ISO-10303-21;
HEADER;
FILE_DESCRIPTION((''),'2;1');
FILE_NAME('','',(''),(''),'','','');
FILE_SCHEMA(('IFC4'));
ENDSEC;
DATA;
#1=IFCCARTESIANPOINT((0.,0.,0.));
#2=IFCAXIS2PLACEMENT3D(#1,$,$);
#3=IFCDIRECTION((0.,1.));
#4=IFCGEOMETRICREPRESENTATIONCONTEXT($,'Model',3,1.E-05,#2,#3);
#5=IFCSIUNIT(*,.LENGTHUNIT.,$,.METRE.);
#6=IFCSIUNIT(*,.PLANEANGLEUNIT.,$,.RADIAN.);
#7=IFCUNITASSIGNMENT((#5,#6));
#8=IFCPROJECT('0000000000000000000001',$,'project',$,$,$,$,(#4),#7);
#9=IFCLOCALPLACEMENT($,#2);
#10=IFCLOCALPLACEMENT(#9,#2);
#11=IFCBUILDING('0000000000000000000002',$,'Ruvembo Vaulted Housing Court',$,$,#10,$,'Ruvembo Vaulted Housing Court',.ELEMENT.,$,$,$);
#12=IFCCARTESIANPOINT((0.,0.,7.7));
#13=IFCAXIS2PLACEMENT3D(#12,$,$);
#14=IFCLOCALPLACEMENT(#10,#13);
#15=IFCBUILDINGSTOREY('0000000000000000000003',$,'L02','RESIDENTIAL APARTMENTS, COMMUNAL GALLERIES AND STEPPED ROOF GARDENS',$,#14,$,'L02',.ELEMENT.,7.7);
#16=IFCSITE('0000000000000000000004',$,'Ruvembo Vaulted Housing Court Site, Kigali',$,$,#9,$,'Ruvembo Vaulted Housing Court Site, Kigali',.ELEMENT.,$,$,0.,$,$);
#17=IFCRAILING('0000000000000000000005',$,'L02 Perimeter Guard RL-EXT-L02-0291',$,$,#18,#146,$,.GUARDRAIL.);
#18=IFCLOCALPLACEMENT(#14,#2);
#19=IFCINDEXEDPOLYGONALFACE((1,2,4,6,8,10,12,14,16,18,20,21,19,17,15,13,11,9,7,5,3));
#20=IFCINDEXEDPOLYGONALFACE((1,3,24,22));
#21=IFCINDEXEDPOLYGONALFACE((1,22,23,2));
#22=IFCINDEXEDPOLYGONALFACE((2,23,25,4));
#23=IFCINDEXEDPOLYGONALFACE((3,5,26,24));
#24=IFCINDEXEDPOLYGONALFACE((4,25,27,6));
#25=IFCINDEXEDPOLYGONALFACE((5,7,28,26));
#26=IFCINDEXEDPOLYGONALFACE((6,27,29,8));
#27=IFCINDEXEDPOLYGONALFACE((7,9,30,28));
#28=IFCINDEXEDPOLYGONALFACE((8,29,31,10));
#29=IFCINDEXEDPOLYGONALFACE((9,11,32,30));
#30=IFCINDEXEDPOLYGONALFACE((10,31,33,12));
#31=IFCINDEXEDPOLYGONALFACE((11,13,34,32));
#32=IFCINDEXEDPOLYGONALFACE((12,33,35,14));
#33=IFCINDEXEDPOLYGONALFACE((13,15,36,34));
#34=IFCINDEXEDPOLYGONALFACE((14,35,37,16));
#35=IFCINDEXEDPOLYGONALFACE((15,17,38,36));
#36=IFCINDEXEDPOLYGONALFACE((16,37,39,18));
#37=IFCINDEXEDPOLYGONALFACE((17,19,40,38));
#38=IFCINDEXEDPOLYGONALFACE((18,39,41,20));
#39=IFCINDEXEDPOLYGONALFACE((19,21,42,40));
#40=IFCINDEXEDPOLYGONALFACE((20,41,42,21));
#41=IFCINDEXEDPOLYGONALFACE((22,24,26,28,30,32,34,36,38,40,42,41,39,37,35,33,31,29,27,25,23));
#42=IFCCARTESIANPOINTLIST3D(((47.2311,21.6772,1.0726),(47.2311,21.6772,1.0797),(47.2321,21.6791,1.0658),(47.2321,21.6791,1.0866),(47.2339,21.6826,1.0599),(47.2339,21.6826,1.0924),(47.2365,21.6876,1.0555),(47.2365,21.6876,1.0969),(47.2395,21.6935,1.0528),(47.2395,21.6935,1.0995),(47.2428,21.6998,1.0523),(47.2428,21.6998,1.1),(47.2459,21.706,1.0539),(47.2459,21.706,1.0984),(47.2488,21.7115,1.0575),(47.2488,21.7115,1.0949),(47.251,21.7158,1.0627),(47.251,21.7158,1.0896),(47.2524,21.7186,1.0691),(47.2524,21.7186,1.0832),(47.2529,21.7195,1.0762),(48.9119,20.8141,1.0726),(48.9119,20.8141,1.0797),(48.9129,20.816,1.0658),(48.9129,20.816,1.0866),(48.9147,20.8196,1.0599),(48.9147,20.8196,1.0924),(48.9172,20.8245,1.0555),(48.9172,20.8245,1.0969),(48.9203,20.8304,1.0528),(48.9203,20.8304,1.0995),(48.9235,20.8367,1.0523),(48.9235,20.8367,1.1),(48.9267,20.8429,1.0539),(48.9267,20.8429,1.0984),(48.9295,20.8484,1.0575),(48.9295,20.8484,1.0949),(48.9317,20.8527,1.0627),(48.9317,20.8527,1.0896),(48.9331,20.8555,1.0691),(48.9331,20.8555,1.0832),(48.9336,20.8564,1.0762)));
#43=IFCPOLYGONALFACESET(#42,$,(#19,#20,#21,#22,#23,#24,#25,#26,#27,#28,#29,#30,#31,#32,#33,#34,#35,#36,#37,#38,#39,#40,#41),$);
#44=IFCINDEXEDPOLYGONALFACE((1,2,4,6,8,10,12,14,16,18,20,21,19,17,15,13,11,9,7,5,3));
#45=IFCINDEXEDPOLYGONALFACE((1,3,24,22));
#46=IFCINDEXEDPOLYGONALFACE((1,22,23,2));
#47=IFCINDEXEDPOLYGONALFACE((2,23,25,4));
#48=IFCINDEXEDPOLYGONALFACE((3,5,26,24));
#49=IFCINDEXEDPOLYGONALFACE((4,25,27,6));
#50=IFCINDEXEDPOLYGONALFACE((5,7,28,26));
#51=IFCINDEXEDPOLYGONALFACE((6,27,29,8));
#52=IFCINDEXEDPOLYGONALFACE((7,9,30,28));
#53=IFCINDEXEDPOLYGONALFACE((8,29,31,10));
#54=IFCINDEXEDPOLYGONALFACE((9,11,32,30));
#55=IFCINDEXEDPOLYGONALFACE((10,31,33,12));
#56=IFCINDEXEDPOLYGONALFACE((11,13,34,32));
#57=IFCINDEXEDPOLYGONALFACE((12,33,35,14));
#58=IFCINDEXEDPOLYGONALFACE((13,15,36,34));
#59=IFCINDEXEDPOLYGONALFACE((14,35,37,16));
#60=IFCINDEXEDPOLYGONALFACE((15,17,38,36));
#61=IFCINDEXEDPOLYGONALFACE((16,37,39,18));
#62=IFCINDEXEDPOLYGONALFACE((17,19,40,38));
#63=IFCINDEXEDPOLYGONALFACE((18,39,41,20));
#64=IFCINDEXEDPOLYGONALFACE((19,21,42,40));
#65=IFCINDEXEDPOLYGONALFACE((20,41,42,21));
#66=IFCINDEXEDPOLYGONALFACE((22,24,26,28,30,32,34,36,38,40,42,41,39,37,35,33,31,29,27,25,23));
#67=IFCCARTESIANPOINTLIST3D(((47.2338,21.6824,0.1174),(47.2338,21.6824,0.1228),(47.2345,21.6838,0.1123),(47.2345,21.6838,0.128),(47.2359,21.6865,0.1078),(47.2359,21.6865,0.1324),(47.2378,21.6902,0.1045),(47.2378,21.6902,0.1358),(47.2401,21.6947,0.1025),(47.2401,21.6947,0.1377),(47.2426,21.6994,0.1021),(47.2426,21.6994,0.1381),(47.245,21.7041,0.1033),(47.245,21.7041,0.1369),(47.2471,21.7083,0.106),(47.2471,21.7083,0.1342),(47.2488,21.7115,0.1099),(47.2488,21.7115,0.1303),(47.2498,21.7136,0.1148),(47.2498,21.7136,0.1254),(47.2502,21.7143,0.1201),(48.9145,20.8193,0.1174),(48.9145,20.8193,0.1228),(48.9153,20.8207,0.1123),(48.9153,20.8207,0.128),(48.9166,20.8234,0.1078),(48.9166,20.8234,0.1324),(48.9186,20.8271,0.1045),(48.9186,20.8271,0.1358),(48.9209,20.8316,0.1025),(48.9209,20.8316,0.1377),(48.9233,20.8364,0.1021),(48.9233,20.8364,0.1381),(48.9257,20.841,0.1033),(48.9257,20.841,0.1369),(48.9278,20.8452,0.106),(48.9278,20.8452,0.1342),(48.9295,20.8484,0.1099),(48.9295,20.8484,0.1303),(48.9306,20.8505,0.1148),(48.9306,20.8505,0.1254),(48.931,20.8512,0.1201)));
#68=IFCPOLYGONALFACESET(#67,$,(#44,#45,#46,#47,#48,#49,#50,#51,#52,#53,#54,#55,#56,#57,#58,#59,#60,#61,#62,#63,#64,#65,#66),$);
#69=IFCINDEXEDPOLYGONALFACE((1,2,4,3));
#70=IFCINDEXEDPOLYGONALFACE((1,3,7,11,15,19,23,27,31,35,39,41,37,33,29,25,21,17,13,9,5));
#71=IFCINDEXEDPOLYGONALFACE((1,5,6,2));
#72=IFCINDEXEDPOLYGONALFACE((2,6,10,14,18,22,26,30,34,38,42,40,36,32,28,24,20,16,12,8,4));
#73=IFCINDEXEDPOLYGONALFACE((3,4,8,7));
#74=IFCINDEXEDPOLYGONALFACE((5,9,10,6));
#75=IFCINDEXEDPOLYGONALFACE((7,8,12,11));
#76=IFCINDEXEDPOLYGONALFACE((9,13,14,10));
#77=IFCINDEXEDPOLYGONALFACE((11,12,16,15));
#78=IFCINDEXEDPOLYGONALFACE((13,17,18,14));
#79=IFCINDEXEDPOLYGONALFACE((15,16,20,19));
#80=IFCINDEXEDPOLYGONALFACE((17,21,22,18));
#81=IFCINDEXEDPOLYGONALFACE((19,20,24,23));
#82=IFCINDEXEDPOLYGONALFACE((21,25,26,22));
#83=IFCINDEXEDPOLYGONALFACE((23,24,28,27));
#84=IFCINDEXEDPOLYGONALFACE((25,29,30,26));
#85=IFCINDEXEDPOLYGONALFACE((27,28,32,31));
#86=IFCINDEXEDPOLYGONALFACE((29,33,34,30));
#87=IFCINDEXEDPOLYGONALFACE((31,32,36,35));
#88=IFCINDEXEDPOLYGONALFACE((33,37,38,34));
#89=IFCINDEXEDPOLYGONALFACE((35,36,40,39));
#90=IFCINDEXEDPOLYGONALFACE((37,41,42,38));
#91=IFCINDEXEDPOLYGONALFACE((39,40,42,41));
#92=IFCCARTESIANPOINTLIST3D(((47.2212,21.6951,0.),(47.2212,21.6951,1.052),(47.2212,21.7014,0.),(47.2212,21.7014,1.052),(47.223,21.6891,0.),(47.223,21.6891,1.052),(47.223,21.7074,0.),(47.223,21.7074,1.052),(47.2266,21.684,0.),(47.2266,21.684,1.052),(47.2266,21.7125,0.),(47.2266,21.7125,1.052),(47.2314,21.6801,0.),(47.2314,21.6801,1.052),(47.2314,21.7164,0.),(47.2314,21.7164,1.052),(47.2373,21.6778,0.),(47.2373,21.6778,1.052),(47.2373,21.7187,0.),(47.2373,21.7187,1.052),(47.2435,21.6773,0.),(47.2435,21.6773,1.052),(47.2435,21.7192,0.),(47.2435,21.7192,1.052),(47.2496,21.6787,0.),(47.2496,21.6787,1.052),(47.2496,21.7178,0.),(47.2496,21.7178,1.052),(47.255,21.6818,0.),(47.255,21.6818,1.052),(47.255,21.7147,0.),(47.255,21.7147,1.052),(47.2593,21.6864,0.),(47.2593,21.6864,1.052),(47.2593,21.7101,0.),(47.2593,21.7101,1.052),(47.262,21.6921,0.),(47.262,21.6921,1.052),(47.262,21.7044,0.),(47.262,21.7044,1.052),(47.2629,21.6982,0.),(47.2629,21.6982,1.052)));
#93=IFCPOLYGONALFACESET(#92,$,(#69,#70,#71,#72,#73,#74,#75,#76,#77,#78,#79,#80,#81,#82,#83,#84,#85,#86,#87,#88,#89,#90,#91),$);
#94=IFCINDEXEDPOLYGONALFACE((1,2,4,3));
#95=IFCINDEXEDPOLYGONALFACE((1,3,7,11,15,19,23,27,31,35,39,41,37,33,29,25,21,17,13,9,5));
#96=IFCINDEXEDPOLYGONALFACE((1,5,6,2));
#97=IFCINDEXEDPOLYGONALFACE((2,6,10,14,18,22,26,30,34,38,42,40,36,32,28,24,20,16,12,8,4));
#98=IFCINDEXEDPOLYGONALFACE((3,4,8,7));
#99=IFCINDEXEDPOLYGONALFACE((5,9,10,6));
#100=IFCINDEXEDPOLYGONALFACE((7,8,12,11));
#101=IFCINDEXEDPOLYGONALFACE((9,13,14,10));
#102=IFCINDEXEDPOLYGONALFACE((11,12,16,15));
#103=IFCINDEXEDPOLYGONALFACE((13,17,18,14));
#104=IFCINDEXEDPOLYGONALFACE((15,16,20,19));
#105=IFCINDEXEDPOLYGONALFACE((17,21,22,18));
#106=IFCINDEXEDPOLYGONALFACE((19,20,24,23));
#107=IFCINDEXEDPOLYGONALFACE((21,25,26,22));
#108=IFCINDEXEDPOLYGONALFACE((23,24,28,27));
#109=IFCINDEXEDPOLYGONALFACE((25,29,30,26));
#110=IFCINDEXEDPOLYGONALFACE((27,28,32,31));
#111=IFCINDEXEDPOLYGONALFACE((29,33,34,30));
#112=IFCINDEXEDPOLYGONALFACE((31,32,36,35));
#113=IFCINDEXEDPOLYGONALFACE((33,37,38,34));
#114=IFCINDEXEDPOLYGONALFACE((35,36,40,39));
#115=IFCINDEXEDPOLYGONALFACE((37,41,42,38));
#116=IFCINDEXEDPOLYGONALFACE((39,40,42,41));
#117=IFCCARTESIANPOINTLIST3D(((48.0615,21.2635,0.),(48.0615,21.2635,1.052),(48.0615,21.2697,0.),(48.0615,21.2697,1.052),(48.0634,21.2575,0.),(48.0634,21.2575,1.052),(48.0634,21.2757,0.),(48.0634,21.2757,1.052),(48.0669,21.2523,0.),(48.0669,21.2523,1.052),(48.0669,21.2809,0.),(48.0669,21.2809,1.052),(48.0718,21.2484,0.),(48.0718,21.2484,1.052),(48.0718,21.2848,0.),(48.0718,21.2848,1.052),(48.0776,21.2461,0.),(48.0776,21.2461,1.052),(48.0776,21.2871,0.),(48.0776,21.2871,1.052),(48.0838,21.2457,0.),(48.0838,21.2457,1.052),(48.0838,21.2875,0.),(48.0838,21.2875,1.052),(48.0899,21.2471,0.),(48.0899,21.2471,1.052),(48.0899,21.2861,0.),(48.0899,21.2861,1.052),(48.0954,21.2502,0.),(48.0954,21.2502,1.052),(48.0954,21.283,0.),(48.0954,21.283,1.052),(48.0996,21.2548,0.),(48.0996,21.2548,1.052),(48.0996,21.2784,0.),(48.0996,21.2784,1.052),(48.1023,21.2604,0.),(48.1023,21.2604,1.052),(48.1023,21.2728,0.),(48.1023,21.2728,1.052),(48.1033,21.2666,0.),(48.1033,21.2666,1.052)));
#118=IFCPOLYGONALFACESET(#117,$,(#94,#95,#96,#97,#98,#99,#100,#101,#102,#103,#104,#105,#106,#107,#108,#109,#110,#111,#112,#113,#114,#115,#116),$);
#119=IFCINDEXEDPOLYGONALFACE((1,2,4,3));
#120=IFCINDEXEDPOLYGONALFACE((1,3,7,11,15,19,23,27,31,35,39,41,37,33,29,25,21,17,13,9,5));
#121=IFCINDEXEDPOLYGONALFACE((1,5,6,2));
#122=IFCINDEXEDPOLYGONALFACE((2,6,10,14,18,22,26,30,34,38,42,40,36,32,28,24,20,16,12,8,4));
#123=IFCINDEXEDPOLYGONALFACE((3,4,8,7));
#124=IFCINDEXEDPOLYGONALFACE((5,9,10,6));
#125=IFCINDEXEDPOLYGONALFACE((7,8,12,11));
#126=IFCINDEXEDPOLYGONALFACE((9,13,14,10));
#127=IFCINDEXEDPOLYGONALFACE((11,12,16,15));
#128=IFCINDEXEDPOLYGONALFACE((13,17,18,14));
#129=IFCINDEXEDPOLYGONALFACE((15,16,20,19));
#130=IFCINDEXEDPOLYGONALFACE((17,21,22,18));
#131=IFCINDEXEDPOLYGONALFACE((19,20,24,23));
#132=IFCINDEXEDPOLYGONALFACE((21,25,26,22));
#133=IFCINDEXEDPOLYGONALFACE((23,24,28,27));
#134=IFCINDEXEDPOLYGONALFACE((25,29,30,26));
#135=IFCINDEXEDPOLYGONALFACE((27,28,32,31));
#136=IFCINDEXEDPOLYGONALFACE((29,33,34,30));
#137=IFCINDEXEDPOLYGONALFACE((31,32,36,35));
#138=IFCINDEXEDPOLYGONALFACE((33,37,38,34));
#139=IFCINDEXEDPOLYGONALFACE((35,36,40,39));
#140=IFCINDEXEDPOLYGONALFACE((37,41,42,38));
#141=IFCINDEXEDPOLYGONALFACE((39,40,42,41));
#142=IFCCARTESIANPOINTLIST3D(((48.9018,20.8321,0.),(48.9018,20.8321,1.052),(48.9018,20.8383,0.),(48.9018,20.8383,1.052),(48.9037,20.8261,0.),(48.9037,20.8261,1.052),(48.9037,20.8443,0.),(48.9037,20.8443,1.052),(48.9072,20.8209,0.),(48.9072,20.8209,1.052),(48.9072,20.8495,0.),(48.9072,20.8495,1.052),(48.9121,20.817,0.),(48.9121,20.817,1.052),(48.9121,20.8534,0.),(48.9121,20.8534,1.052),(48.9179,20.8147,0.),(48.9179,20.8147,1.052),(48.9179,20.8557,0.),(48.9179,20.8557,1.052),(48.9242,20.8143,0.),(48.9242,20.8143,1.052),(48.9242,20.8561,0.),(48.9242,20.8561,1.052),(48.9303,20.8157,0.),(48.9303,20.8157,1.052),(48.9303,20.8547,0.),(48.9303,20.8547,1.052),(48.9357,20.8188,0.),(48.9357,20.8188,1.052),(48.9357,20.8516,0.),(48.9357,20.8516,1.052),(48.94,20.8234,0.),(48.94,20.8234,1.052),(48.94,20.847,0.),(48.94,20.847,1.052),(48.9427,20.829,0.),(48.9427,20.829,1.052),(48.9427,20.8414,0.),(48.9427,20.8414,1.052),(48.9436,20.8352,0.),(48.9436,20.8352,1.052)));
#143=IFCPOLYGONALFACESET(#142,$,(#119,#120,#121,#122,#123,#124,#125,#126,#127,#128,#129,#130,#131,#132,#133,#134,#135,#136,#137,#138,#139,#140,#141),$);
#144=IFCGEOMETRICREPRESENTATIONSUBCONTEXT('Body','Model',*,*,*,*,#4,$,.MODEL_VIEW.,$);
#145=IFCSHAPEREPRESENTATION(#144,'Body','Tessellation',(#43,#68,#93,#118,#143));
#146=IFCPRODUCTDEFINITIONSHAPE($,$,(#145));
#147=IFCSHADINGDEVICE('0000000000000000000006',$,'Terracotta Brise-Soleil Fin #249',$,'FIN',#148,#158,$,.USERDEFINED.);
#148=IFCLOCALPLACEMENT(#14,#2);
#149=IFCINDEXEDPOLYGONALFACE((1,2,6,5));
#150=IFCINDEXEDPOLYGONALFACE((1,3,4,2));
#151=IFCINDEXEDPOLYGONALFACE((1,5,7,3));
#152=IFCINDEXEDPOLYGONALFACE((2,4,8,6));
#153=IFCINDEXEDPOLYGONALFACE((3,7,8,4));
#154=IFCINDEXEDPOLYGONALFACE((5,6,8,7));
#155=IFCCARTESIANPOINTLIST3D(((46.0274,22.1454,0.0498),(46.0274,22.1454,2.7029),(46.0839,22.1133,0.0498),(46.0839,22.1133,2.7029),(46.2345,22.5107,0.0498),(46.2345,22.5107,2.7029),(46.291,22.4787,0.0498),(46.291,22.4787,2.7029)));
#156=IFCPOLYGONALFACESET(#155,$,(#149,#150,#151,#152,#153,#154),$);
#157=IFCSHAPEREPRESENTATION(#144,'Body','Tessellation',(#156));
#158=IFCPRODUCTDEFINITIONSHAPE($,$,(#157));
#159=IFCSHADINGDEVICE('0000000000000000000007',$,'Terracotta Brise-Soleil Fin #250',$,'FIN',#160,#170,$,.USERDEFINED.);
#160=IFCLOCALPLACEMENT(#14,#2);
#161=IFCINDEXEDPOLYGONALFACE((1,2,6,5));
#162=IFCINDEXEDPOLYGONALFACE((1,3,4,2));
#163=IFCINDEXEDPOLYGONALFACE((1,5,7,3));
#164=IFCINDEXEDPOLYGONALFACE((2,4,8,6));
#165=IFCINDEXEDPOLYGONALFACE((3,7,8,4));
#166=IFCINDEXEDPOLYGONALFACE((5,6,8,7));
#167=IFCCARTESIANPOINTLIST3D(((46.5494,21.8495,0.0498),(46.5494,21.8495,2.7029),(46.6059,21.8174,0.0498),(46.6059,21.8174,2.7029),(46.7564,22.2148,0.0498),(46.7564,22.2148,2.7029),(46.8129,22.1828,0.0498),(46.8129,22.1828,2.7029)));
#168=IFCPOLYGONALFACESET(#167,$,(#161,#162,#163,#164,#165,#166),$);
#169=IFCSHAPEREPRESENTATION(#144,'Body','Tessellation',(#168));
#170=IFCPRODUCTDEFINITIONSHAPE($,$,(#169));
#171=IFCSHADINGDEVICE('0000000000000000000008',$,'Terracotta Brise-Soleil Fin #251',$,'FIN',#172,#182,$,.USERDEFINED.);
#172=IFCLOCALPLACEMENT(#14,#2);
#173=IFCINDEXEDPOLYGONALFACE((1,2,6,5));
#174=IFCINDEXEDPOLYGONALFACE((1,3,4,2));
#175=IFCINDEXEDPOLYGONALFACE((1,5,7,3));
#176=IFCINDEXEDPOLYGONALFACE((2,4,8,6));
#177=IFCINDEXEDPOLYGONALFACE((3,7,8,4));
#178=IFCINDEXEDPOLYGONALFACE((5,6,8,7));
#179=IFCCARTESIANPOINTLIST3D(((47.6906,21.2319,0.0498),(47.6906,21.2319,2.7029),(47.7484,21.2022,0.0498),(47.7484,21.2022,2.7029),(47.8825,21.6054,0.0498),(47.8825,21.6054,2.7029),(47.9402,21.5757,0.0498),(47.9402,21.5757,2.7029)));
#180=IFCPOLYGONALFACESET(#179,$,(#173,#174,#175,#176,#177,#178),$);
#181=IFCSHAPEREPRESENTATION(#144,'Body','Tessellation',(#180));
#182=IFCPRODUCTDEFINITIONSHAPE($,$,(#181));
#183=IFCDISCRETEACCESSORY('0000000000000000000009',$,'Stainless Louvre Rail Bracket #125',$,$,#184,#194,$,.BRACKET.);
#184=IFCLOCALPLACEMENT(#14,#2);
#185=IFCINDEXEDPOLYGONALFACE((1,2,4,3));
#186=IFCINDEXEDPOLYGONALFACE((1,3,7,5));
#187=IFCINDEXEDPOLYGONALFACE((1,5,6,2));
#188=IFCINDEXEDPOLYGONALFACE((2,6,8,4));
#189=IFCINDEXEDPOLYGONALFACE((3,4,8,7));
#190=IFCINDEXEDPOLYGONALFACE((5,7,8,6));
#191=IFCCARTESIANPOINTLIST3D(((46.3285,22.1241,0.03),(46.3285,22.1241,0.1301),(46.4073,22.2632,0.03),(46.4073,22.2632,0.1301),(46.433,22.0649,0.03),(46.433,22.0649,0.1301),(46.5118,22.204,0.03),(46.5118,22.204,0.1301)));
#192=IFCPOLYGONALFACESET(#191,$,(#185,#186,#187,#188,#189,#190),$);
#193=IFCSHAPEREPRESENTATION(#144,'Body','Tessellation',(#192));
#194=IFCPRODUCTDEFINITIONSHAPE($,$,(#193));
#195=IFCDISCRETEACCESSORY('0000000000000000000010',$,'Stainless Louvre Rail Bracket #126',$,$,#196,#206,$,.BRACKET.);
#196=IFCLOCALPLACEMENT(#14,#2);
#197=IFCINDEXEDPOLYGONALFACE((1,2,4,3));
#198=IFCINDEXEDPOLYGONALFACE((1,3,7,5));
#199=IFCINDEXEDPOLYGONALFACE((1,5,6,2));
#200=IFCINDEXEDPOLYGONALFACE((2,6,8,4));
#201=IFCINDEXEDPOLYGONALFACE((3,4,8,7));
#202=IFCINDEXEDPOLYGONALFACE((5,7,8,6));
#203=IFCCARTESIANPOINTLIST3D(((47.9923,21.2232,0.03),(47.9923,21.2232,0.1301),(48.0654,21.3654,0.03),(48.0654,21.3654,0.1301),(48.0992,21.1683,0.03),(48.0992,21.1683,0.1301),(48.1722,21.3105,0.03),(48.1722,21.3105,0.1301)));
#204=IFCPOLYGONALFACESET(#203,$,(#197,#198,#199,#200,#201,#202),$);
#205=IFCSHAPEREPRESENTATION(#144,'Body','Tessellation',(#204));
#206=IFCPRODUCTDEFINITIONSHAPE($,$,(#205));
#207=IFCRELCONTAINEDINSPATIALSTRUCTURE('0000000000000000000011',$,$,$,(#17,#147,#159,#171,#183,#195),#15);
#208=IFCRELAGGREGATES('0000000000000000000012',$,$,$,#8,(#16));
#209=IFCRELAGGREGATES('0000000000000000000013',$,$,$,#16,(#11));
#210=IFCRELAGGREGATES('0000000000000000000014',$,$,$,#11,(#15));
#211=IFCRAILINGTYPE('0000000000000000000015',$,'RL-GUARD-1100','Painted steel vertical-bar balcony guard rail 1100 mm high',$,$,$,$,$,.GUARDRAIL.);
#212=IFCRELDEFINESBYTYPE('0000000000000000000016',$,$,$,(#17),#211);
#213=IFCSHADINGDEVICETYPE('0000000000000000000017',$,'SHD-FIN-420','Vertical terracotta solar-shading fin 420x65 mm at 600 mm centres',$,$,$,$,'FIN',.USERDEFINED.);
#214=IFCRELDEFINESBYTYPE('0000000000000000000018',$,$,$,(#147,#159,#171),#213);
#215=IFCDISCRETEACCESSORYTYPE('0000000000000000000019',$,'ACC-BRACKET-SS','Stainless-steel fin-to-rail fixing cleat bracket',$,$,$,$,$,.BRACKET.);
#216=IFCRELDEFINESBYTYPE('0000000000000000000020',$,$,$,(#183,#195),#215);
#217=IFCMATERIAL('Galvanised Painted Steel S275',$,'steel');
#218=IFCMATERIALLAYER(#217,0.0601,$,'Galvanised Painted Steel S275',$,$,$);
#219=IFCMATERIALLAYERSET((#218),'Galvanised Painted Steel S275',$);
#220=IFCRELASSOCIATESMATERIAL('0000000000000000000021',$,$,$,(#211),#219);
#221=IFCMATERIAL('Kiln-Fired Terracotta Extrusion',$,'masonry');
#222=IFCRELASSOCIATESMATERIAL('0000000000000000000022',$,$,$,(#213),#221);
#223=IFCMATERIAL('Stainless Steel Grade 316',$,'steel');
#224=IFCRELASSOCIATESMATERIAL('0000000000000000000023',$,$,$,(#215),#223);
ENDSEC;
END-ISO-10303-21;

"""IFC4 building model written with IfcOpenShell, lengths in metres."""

from ifc_helpers import new_model, si_unit, direction, frame, origin, origin_2d, place, context, subcontext, project, spatial, rectangle, circle, extrude, material, layer, layer_set, type_object, element, save


model = new_model("IFC4")

# Units and contexts
model_context = context("Model", 3, precision=1e-05, world=origin(), true_north=direction((0.0, 1.0)))
body_context = subcontext(model_context, "Body", "Model", "MODEL_VIEW")
ifc_project = project(units=[si_unit("LENGTHUNIT", "METRE"), si_unit("PLANEANGLEUNIT", "RADIAN")], contexts=[model_context])

# Site, building, storey
site_placement = place(None, origin())
site = spatial("IfcSite", under=ifc_project, at=site_placement, Name="Ruvembo Vaulted Housing Court Site, Kigali", LongName="Ruvembo Vaulted Housing Court Site, Kigali", CompositionType="ELEMENT", RefElevation=0.0)
building_placement = place(site_placement, origin())
building = spatial("IfcBuilding", under=site, at=building_placement, Name="Ruvembo Vaulted Housing Court", LongName="Ruvembo Vaulted Housing Court", CompositionType="ELEMENT")
storey_placement = place(building_placement, frame((0.0, 0.0, 7.7)))
storey = spatial("IfcBuildingStorey", under=building, at=storey_placement, Name="L02", Description="RESIDENTIAL APARTMENTS, COMMUNAL GALLERIES AND STEPPED ROOF GARDENS", LongName="L02", CompositionType="ELEMENT", Elevation=7.7)

# Railing
ifc_material_1 = material(Name="Galvanised Painted Steel S275", Category="steel")
ifc_layer_1 = layer(ifc_material_1, 0.0601, Name="Galvanised Painted Steel S275")
ifc_layer_set_1 = layer_set([ifc_layer_1], Name="Galvanised Painted Steel S275")
railing_type = type_object("IfcRailingType", Name="RL-GUARD-1100", Description="Painted steel vertical-bar balcony guard rail 1100 mm high", PredefinedType="GUARDRAIL", material=ifc_layer_set_1)
railing_1_placement = place(storey_placement, frame((47.2419, 21.6982, 0.0)))
element("IfcRailing", 1, at=railing_1_placement, inside=storey, type_object=railing_type, Name="L02 Perimeter Guard RL-EXT-L02-0291", PredefinedType="GUARDRAIL", context=body_context, shape_type="SweptSolid", body=[
    extrude(circle(Radius=0.0239, at=origin_2d()), frame((0.0, 0.0, 1.0762), z_axis=(0.889568, -0.456802, 0.0), x_axis=(0.456802, 0.889568, 0.0)), (0.0, 0.0, 1.0), 1.8894),
    extrude(circle(Radius=0.0181, at=origin_2d()), frame((0.0, 0.0, 0.1201), z_axis=(0.889568, -0.456802, 0.0), x_axis=(0.456802, 0.889568, 0.0)), (0.0, 0.0, 1.0), 1.8894),
    extrude(circle(Radius=0.021, at=origin_2d()), origin(), (0.0, 0.0, 1.0), 1.052),
    extrude(circle(Radius=0.021, at=origin_2d()), frame((0.8403, -0.4316, 0.0)), (0.0, 0.0, 1.0), 1.052),
    extrude(circle(Radius=0.021, at=origin_2d()), frame((1.6807, -0.863, 0.0)), (0.0, 0.0, 1.0), 1.052),
])

# Shading devices
ifc_material_2 = material(Name="Kiln-Fired Terracotta Extrusion", Category="masonry")
shading_device_type = type_object("IfcShadingDeviceType", Name="SHD-FIN-420", Description="Vertical terracotta solar-shading fin 420x65 mm at 600 mm centres", ElementType="FIN", PredefinedType="USERDEFINED", material=ifc_material_2)
for number, where, z_axis, x_axis, name in (
    (2, (46.1592, 22.312, 0.0498), (0.0, 0.0, 1.0), (-0.493107, -0.869969, 0.0), "Terracotta Brise-Soleil Fin #249"),
    (3, (46.6812, 22.0161, 0.0498), (0.0, 0.0, 1.0), (-0.493107, -0.869969, 0.0), "Terracotta Brise-Soleil Fin #250"),
    (4, (47.8154, 21.4038, 0.0498), (0.0, 0.0, 1.0), (-0.45685, -0.889544, 0.0), "Terracotta Brise-Soleil Fin #251"),
):
    element("IfcShadingDevice", number, at=place(storey_placement, frame(where, z_axis=z_axis, x_axis=x_axis)), inside=storey, type_object=shading_device_type, Name=name, ObjectType="FIN", PredefinedType="USERDEFINED", context=body_context, shape_type="SweptSolid", body=[
        extrude(rectangle(XDim=0.4199, YDim=0.0649, at=origin_2d()), origin(), (0.0, 0.0, 1.0), 2.6531),
    ])

# Discrete accessories
ifc_material_3 = material(Name="Stainless Steel Grade 316", Category="steel")
discrete_accessory_type = type_object("IfcDiscreteAccessoryType", Name="ACC-BRACKET-SS", Description="Stainless-steel fin-to-rail fixing cleat bracket", PredefinedType="BRACKET", material=ifc_material_3)
for number, where, z_axis, x_axis, name in (
    (5, (46.4202, 22.1641, 0.03), (0.0, 0.0, 1.0), (-0.493107, -0.869969, 0.0), "Stainless Louvre Rail Bracket #125"),
    (6, (48.0823, 21.2668, 0.03), (0.0, 0.0, 1.0), (-0.45685, -0.889544, 0.0), "Stainless Louvre Rail Bracket #126"),
):
    element("IfcDiscreteAccessory", number, at=place(storey_placement, frame(where, z_axis=z_axis, x_axis=x_axis)), inside=storey, type_object=discrete_accessory_type, Name=name, PredefinedType="BRACKET", context=body_context, shape_type="SweptSolid", body=[
        extrude(rectangle(XDim=0.1599, YDim=0.1201, at=origin_2d()), origin(), (0.0, 0.0, 1.0), 0.1001),
    ])

save(model, "model.ifc")
